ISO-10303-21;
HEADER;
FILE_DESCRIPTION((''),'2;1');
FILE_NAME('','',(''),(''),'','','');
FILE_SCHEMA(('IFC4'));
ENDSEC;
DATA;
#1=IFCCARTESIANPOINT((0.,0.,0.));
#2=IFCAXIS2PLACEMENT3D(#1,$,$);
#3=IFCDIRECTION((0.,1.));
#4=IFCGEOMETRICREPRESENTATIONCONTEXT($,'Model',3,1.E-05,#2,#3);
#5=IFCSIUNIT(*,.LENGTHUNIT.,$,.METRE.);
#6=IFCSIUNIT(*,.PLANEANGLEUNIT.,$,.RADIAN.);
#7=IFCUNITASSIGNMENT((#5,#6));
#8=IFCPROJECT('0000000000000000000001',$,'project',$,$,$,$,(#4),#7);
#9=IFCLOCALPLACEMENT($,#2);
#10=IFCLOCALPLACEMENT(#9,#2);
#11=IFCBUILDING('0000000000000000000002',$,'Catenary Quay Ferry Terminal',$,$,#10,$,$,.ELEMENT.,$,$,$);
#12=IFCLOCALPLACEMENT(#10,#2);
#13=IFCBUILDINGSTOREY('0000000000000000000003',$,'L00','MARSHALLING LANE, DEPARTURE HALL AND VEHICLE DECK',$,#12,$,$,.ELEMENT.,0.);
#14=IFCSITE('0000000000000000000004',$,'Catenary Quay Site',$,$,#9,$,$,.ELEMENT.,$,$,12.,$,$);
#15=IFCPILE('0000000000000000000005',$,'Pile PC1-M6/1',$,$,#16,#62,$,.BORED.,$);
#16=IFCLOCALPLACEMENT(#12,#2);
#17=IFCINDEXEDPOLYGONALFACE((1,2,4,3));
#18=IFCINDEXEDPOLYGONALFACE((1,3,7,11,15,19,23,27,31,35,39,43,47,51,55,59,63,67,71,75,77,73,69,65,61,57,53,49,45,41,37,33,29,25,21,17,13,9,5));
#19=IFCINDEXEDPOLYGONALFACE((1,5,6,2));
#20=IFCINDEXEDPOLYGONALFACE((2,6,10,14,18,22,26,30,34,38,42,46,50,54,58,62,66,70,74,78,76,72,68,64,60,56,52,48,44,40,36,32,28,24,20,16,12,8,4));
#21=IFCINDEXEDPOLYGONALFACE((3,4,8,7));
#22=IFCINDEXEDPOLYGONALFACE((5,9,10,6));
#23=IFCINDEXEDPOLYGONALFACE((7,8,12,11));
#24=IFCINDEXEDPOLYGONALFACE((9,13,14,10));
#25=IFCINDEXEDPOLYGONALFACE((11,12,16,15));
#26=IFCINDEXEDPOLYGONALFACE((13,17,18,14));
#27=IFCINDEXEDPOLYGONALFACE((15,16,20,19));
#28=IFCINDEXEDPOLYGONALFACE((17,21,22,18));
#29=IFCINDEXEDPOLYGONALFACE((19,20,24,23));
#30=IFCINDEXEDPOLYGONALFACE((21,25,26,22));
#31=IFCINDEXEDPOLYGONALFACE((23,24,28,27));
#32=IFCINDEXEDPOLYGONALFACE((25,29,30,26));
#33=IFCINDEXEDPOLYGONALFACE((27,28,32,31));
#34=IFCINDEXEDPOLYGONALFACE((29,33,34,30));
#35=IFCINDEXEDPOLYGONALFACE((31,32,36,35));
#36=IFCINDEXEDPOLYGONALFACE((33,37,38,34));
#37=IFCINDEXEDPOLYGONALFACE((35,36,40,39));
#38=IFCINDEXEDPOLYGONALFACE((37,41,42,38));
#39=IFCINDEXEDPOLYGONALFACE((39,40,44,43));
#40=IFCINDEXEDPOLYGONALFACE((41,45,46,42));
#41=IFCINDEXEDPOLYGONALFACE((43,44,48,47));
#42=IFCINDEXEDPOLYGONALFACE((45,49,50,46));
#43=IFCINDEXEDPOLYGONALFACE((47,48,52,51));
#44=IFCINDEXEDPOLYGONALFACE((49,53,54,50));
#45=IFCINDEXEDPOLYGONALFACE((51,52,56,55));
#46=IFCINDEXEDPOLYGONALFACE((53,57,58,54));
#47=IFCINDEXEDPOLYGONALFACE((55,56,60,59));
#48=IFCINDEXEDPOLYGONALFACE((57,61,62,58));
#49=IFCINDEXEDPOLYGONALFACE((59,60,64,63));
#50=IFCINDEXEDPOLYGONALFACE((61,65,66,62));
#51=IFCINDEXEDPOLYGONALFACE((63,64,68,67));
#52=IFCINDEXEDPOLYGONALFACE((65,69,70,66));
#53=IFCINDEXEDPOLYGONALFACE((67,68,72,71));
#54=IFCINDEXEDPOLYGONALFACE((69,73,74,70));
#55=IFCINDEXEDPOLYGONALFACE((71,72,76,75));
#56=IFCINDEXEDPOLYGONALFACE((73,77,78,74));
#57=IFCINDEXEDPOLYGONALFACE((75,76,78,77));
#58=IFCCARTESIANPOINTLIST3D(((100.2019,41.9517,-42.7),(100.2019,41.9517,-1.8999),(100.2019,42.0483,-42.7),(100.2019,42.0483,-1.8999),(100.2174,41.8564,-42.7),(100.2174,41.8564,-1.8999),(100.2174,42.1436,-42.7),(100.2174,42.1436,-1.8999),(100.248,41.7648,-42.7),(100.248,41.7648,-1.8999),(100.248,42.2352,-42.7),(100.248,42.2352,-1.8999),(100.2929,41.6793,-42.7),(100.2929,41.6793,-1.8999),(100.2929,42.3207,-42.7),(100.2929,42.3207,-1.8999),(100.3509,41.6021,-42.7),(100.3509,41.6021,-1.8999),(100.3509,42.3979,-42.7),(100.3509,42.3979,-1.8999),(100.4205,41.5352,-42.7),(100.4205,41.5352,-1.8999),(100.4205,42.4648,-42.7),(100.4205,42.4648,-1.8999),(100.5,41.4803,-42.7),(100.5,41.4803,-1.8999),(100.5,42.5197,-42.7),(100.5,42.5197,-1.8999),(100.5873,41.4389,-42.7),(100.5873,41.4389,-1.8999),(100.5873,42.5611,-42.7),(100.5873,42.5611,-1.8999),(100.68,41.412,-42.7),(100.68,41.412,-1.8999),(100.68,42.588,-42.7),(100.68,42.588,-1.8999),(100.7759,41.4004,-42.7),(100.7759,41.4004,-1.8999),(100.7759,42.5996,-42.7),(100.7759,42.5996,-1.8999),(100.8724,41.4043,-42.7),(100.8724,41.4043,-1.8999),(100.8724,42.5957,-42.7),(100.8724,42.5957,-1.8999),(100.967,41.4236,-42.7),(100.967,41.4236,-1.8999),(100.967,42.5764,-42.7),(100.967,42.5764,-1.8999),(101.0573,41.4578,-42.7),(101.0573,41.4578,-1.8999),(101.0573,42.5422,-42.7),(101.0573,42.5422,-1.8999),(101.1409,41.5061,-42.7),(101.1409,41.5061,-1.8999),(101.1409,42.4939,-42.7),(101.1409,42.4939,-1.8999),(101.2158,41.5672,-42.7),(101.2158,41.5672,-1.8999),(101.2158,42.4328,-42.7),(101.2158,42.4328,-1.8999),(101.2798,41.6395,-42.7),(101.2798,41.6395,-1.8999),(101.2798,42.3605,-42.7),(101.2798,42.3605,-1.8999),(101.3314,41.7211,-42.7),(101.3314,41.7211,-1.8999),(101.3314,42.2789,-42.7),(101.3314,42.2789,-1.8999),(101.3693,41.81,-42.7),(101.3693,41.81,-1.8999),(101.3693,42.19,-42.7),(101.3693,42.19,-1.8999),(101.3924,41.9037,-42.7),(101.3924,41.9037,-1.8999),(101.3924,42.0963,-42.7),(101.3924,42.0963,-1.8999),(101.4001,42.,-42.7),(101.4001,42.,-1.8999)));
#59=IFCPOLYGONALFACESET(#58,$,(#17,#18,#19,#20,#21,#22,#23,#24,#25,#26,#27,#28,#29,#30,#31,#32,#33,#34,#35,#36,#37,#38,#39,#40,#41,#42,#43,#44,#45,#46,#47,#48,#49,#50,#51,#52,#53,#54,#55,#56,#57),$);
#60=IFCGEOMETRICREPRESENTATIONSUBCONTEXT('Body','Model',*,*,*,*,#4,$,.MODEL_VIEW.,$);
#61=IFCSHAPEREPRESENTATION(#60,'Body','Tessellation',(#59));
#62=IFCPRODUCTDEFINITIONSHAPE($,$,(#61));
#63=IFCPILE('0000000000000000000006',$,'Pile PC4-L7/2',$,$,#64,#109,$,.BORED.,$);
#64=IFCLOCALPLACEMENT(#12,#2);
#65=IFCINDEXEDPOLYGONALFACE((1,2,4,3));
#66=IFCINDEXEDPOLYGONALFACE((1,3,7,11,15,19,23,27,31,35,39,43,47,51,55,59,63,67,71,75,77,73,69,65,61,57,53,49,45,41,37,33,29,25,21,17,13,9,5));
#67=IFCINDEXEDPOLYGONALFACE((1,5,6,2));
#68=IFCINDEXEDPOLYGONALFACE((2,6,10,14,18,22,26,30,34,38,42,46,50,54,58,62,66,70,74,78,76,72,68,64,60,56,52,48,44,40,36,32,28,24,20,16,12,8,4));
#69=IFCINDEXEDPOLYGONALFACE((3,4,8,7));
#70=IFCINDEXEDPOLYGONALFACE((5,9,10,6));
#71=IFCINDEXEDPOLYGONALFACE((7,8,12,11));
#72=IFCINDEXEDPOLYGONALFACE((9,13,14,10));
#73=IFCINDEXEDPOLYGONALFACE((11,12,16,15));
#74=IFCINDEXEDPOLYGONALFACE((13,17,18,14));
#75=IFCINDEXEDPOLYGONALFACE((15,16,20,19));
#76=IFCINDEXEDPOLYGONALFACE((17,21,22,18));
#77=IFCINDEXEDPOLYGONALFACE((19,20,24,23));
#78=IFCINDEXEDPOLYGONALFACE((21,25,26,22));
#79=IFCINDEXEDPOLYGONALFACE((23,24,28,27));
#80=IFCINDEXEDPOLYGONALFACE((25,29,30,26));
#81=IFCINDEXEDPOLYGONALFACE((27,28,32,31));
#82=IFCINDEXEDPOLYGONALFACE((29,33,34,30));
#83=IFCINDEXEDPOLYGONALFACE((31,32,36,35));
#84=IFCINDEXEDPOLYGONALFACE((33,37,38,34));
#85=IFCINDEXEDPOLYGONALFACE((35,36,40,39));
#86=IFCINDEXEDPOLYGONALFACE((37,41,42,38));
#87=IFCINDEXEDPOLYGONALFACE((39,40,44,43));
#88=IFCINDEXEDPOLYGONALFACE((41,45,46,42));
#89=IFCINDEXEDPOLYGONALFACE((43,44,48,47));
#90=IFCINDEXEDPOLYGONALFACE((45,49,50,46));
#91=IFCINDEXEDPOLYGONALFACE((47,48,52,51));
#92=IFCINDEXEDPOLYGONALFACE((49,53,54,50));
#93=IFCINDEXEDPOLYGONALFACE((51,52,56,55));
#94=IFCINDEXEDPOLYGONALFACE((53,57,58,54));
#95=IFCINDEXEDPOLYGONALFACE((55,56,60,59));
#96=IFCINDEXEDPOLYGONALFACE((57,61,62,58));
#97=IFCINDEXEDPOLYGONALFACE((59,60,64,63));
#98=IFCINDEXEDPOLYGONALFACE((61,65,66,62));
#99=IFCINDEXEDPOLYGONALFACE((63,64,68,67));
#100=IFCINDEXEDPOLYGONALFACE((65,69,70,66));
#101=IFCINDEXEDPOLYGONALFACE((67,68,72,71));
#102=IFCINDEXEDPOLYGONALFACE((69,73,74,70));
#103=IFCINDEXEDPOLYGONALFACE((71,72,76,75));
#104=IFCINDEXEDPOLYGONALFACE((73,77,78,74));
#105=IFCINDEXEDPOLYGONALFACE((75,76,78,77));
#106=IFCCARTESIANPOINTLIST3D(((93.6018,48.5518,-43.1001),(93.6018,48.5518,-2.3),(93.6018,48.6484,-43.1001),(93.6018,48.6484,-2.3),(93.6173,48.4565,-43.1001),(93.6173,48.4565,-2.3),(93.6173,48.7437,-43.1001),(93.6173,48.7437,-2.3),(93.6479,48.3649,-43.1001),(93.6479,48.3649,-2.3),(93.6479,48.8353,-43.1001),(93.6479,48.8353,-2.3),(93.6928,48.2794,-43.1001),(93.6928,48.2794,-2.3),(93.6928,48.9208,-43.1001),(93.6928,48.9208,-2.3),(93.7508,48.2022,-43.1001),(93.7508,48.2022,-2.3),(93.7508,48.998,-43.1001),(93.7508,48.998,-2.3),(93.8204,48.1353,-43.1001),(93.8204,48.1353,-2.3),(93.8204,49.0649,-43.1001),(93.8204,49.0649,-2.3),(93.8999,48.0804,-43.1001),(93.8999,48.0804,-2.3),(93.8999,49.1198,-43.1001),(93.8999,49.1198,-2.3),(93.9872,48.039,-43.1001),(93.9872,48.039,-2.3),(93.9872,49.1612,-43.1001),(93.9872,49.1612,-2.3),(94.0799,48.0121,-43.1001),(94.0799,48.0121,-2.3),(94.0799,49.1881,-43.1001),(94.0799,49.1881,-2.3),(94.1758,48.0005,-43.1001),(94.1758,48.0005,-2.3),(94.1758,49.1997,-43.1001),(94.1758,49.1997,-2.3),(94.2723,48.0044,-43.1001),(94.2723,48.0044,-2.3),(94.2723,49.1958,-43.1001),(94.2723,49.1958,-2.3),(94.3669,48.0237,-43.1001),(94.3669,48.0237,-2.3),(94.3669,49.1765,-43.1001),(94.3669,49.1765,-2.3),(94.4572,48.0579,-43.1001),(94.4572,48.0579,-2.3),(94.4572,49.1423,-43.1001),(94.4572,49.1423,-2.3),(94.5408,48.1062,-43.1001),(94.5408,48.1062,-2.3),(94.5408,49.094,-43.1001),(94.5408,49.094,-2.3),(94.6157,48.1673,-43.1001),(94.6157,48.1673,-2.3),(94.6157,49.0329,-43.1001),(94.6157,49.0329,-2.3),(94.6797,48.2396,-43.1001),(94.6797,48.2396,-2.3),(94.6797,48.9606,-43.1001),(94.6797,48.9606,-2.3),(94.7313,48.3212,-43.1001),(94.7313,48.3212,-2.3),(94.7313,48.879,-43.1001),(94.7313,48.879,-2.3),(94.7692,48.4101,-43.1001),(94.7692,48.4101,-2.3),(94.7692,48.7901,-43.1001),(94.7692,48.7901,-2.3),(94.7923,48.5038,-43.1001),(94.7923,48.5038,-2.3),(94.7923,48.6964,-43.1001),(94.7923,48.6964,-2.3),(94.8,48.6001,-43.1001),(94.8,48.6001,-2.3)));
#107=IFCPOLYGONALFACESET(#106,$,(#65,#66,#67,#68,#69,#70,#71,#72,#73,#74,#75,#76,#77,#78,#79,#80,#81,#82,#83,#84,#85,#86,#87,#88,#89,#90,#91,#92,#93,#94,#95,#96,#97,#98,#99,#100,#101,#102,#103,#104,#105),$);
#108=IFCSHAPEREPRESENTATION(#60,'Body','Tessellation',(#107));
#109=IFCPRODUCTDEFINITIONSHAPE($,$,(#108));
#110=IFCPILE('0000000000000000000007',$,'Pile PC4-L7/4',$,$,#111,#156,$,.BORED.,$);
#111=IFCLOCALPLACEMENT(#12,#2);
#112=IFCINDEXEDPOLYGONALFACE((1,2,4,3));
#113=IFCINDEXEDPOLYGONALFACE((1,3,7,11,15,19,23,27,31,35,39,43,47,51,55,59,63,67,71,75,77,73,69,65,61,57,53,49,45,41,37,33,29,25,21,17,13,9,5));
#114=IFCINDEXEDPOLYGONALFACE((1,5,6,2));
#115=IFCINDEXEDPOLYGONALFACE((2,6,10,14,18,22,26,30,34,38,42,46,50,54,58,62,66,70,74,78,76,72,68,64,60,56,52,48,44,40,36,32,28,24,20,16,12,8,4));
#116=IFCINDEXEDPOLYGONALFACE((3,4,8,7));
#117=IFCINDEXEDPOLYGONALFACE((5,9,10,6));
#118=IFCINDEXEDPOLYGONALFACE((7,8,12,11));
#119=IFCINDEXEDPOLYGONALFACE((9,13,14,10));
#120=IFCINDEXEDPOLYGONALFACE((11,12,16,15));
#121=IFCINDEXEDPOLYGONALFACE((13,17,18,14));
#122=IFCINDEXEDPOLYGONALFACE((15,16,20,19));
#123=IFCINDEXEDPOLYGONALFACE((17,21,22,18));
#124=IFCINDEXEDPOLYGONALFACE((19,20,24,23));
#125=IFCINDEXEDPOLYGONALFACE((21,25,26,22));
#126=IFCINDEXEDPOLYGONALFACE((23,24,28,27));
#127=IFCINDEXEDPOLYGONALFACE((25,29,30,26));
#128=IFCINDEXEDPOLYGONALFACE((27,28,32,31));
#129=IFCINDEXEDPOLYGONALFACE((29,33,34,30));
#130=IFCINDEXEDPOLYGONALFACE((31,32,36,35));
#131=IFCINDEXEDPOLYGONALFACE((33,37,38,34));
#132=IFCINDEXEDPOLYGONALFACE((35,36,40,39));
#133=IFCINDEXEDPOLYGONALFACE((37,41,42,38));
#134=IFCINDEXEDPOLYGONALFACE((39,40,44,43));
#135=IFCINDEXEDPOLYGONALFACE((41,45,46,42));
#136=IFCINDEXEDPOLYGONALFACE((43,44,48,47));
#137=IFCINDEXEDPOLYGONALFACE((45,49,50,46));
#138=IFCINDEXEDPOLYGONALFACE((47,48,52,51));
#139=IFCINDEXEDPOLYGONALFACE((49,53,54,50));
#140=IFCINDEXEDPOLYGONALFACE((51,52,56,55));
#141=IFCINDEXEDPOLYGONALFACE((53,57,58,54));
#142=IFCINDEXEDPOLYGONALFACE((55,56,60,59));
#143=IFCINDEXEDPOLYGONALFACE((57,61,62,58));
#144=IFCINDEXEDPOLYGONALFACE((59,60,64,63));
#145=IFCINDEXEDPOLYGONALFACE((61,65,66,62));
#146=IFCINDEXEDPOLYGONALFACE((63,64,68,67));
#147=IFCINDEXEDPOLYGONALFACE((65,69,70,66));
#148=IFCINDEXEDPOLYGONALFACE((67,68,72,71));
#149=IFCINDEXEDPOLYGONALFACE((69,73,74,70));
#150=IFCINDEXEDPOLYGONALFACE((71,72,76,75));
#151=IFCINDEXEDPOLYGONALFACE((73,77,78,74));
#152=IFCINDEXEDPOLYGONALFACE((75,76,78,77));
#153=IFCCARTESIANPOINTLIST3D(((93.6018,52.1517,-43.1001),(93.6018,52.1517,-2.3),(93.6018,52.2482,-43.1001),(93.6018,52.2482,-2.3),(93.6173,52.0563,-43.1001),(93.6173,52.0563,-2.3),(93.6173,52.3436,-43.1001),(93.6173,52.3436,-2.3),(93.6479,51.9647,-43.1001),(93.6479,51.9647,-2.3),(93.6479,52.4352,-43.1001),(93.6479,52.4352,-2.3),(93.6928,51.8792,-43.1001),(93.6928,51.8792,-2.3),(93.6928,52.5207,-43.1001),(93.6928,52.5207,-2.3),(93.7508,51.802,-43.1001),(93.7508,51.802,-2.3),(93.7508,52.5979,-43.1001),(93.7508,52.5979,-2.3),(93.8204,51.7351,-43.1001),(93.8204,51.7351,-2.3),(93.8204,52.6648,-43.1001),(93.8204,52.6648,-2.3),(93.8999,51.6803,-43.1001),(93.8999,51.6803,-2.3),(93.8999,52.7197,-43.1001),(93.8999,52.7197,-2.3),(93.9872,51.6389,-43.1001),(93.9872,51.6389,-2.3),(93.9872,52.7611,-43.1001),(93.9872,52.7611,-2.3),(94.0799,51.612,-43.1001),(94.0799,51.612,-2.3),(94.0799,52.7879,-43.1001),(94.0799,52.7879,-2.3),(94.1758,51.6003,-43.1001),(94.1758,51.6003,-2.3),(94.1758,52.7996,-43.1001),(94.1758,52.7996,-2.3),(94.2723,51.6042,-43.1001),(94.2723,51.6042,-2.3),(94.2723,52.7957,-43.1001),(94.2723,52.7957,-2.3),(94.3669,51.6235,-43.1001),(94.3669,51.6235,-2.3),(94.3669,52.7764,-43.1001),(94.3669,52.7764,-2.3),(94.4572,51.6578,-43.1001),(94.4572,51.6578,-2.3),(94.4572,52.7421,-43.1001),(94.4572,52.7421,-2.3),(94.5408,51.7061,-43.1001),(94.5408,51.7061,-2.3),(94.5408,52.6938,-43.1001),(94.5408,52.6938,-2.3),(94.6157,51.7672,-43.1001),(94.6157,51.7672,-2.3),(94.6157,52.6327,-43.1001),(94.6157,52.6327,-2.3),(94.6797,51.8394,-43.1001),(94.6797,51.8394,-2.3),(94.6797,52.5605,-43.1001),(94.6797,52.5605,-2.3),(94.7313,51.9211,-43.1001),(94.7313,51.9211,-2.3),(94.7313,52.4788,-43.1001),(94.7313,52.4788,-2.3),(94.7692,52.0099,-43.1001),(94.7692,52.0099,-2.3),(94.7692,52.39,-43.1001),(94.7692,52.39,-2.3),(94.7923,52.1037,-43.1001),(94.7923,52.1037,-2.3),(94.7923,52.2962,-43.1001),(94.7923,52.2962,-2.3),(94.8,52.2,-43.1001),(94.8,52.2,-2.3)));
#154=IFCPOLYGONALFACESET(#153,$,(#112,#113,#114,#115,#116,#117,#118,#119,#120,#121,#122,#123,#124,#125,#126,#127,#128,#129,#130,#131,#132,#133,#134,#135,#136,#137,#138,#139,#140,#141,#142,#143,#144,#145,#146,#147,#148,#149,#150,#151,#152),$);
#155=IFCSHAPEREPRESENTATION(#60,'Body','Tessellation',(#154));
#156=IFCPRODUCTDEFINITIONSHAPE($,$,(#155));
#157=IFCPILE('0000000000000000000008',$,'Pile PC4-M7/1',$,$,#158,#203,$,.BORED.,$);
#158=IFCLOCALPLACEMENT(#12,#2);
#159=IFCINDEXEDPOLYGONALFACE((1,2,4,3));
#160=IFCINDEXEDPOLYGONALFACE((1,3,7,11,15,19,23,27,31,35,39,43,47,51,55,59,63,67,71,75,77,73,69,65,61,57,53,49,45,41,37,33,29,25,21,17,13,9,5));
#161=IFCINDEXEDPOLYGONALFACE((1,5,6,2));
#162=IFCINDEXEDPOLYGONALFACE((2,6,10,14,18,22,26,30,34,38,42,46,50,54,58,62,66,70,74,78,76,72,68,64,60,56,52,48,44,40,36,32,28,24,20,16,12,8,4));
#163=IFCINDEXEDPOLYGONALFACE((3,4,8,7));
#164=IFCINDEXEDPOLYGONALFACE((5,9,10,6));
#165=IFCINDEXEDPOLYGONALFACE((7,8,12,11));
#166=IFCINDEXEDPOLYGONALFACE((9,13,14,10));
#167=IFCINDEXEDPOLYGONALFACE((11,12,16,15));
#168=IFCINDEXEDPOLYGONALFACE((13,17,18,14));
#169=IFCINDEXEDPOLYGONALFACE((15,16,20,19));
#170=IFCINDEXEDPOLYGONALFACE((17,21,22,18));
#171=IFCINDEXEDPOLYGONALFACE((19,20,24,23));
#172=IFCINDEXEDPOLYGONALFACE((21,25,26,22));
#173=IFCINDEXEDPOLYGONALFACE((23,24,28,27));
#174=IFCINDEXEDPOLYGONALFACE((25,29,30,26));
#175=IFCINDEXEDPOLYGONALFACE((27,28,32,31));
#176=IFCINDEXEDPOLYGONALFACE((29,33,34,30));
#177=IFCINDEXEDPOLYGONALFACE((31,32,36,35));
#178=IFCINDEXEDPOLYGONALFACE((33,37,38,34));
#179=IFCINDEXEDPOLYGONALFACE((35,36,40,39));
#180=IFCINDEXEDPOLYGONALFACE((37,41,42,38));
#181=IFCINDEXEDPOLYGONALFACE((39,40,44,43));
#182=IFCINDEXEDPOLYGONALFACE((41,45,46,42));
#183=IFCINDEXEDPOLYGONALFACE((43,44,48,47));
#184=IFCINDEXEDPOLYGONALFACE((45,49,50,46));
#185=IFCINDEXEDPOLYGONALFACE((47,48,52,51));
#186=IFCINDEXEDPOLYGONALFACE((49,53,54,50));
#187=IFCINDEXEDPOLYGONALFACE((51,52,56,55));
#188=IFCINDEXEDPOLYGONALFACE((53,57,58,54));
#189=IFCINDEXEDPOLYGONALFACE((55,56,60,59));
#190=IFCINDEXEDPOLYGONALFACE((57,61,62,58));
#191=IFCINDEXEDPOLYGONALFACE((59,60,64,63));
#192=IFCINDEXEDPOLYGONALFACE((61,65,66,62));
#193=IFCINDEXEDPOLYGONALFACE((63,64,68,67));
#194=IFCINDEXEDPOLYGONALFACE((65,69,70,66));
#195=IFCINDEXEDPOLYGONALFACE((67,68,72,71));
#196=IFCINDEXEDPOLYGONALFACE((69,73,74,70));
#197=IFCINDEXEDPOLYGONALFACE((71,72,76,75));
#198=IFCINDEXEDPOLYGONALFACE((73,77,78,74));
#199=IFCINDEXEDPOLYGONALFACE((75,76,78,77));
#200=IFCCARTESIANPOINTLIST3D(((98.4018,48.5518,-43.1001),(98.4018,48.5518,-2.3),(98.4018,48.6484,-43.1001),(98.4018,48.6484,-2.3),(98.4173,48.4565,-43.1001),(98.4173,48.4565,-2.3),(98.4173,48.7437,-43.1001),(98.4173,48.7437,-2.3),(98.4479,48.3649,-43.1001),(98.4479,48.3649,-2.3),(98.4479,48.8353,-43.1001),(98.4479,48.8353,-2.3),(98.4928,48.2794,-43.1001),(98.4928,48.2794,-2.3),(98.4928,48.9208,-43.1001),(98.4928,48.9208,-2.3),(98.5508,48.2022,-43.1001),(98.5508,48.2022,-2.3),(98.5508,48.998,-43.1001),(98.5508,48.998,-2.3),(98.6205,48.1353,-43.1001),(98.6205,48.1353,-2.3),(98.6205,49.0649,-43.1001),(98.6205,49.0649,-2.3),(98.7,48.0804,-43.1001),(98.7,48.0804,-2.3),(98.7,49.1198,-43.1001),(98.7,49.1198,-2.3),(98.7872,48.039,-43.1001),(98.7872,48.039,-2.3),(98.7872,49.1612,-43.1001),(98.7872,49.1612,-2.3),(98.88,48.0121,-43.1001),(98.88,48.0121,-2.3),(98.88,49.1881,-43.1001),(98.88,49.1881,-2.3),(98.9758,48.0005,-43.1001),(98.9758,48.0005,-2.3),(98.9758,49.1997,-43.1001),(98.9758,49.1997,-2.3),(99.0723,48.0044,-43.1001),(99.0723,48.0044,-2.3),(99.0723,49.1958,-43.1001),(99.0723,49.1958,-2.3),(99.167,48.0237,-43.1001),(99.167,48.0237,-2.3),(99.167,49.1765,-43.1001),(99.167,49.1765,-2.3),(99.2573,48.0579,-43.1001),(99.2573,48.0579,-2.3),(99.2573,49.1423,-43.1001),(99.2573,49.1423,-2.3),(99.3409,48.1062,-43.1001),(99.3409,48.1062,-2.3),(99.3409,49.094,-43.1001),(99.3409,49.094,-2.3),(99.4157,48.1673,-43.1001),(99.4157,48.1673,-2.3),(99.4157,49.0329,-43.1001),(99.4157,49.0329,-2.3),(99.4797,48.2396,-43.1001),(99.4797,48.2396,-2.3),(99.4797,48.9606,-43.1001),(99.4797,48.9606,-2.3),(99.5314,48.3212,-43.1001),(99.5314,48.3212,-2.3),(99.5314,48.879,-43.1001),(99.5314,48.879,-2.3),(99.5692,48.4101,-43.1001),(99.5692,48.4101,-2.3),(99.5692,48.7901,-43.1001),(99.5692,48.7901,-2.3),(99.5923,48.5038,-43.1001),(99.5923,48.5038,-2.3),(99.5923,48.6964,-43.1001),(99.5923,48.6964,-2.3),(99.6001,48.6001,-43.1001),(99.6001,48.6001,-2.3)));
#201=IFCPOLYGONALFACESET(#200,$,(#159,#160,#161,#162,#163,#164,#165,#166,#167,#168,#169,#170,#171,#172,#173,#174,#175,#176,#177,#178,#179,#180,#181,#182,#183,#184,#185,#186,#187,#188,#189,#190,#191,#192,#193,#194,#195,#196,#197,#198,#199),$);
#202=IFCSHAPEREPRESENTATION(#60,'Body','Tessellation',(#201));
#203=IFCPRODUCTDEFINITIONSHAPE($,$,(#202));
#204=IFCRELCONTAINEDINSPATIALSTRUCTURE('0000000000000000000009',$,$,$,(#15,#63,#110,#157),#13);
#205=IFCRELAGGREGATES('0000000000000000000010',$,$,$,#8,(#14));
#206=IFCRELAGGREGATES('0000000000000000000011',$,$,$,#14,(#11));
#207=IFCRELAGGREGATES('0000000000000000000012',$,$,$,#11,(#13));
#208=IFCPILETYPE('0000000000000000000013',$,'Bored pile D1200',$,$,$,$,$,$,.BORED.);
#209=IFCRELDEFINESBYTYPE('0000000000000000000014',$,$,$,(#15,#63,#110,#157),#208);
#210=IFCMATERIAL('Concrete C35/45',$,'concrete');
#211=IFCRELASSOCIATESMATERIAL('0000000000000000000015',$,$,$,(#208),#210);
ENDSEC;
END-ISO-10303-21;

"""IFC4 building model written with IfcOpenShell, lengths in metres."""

from ifc_helpers import new_model, si_unit, direction, frame, origin, origin_2d, place, context, subcontext, project, spatial, circle, extrude, material, material_profile, profile_set, type_object, element, save


model = new_model("IFC4")

# Units and contexts
model_context = context("Model", 3, precision=1e-05, world=origin(), true_north=direction((0.0, 1.0)))
body_context = subcontext(model_context, "Body", "Model", "MODEL_VIEW")
ifc_project = project(units=[si_unit("LENGTHUNIT", "METRE"), si_unit("PLANEANGLEUNIT", "RADIAN")], contexts=[model_context])

# Site, building, storey
site_placement = place(None, origin())
site = spatial("IfcSite", under=ifc_project, at=site_placement, Name="Catenary Quay Site", CompositionType="ELEMENT", RefElevation=12.0)
building_placement = place(site_placement, origin())
building = spatial("IfcBuilding", under=site, at=building_placement, Name="Catenary Quay Ferry Terminal", CompositionType="ELEMENT")
storey_placement = place(building_placement, origin())
storey = spatial("IfcBuildingStorey", under=building, at=storey_placement, Name="L00", Description="MARSHALLING LANE, DEPARTURE HALL AND VEHICLE DECK", CompositionType="ELEMENT", Elevation=0.0)

# Piles
ifc_material_1 = material(Name="Concrete C35/45", Category="concrete")
ifc_material_profile_1 = material_profile(ifc_material_1, circle(Radius=0.6001, at=origin_2d()), Name="D1200")
ifc_profile_set_1 = profile_set([ifc_material_profile_1], Name="Concrete C35/45")
pile_type = type_object("IfcPileType", Name="Bored pile D1200", PredefinedType="BORED", material=ifc_profile_set_1)
for number, where, z_axis, x_axis, name in (
    (1, (100.8, 42.0, -1.8999), (0.0, 0.0, -1.0), (1.0, 0.0, 0.0), "Pile PC1-M6/1"),
    (2, (94.2, 48.6001, -2.3), (0.0, 0.0, -1.0), (1.0, 0.0, 0.0), "Pile PC4-L7/2"),
    (3, (94.2, 52.2, -2.3), (0.0, 0.0, -1.0), (1.0, 0.0, 0.0), "Pile PC4-L7/4"),
    (4, (99.0, 48.6001, -2.3), (0.0, 0.0, -1.0), (1.0, 0.0, 0.0), "Pile PC4-M7/1"),
):
    element("IfcPile", number, at=place(storey_placement, frame(where, z_axis=z_axis, x_axis=x_axis)), inside=storey, type_object=pile_type, Name=name, PredefinedType="BORED", context=body_context, shape_type="SweptSolid", body=[
        extrude(circle(Radius=0.6001, at=origin_2d()), origin(), (0.0, 0.0, 1.0), 40.8),
    ])

save(model, "model.ifc")
